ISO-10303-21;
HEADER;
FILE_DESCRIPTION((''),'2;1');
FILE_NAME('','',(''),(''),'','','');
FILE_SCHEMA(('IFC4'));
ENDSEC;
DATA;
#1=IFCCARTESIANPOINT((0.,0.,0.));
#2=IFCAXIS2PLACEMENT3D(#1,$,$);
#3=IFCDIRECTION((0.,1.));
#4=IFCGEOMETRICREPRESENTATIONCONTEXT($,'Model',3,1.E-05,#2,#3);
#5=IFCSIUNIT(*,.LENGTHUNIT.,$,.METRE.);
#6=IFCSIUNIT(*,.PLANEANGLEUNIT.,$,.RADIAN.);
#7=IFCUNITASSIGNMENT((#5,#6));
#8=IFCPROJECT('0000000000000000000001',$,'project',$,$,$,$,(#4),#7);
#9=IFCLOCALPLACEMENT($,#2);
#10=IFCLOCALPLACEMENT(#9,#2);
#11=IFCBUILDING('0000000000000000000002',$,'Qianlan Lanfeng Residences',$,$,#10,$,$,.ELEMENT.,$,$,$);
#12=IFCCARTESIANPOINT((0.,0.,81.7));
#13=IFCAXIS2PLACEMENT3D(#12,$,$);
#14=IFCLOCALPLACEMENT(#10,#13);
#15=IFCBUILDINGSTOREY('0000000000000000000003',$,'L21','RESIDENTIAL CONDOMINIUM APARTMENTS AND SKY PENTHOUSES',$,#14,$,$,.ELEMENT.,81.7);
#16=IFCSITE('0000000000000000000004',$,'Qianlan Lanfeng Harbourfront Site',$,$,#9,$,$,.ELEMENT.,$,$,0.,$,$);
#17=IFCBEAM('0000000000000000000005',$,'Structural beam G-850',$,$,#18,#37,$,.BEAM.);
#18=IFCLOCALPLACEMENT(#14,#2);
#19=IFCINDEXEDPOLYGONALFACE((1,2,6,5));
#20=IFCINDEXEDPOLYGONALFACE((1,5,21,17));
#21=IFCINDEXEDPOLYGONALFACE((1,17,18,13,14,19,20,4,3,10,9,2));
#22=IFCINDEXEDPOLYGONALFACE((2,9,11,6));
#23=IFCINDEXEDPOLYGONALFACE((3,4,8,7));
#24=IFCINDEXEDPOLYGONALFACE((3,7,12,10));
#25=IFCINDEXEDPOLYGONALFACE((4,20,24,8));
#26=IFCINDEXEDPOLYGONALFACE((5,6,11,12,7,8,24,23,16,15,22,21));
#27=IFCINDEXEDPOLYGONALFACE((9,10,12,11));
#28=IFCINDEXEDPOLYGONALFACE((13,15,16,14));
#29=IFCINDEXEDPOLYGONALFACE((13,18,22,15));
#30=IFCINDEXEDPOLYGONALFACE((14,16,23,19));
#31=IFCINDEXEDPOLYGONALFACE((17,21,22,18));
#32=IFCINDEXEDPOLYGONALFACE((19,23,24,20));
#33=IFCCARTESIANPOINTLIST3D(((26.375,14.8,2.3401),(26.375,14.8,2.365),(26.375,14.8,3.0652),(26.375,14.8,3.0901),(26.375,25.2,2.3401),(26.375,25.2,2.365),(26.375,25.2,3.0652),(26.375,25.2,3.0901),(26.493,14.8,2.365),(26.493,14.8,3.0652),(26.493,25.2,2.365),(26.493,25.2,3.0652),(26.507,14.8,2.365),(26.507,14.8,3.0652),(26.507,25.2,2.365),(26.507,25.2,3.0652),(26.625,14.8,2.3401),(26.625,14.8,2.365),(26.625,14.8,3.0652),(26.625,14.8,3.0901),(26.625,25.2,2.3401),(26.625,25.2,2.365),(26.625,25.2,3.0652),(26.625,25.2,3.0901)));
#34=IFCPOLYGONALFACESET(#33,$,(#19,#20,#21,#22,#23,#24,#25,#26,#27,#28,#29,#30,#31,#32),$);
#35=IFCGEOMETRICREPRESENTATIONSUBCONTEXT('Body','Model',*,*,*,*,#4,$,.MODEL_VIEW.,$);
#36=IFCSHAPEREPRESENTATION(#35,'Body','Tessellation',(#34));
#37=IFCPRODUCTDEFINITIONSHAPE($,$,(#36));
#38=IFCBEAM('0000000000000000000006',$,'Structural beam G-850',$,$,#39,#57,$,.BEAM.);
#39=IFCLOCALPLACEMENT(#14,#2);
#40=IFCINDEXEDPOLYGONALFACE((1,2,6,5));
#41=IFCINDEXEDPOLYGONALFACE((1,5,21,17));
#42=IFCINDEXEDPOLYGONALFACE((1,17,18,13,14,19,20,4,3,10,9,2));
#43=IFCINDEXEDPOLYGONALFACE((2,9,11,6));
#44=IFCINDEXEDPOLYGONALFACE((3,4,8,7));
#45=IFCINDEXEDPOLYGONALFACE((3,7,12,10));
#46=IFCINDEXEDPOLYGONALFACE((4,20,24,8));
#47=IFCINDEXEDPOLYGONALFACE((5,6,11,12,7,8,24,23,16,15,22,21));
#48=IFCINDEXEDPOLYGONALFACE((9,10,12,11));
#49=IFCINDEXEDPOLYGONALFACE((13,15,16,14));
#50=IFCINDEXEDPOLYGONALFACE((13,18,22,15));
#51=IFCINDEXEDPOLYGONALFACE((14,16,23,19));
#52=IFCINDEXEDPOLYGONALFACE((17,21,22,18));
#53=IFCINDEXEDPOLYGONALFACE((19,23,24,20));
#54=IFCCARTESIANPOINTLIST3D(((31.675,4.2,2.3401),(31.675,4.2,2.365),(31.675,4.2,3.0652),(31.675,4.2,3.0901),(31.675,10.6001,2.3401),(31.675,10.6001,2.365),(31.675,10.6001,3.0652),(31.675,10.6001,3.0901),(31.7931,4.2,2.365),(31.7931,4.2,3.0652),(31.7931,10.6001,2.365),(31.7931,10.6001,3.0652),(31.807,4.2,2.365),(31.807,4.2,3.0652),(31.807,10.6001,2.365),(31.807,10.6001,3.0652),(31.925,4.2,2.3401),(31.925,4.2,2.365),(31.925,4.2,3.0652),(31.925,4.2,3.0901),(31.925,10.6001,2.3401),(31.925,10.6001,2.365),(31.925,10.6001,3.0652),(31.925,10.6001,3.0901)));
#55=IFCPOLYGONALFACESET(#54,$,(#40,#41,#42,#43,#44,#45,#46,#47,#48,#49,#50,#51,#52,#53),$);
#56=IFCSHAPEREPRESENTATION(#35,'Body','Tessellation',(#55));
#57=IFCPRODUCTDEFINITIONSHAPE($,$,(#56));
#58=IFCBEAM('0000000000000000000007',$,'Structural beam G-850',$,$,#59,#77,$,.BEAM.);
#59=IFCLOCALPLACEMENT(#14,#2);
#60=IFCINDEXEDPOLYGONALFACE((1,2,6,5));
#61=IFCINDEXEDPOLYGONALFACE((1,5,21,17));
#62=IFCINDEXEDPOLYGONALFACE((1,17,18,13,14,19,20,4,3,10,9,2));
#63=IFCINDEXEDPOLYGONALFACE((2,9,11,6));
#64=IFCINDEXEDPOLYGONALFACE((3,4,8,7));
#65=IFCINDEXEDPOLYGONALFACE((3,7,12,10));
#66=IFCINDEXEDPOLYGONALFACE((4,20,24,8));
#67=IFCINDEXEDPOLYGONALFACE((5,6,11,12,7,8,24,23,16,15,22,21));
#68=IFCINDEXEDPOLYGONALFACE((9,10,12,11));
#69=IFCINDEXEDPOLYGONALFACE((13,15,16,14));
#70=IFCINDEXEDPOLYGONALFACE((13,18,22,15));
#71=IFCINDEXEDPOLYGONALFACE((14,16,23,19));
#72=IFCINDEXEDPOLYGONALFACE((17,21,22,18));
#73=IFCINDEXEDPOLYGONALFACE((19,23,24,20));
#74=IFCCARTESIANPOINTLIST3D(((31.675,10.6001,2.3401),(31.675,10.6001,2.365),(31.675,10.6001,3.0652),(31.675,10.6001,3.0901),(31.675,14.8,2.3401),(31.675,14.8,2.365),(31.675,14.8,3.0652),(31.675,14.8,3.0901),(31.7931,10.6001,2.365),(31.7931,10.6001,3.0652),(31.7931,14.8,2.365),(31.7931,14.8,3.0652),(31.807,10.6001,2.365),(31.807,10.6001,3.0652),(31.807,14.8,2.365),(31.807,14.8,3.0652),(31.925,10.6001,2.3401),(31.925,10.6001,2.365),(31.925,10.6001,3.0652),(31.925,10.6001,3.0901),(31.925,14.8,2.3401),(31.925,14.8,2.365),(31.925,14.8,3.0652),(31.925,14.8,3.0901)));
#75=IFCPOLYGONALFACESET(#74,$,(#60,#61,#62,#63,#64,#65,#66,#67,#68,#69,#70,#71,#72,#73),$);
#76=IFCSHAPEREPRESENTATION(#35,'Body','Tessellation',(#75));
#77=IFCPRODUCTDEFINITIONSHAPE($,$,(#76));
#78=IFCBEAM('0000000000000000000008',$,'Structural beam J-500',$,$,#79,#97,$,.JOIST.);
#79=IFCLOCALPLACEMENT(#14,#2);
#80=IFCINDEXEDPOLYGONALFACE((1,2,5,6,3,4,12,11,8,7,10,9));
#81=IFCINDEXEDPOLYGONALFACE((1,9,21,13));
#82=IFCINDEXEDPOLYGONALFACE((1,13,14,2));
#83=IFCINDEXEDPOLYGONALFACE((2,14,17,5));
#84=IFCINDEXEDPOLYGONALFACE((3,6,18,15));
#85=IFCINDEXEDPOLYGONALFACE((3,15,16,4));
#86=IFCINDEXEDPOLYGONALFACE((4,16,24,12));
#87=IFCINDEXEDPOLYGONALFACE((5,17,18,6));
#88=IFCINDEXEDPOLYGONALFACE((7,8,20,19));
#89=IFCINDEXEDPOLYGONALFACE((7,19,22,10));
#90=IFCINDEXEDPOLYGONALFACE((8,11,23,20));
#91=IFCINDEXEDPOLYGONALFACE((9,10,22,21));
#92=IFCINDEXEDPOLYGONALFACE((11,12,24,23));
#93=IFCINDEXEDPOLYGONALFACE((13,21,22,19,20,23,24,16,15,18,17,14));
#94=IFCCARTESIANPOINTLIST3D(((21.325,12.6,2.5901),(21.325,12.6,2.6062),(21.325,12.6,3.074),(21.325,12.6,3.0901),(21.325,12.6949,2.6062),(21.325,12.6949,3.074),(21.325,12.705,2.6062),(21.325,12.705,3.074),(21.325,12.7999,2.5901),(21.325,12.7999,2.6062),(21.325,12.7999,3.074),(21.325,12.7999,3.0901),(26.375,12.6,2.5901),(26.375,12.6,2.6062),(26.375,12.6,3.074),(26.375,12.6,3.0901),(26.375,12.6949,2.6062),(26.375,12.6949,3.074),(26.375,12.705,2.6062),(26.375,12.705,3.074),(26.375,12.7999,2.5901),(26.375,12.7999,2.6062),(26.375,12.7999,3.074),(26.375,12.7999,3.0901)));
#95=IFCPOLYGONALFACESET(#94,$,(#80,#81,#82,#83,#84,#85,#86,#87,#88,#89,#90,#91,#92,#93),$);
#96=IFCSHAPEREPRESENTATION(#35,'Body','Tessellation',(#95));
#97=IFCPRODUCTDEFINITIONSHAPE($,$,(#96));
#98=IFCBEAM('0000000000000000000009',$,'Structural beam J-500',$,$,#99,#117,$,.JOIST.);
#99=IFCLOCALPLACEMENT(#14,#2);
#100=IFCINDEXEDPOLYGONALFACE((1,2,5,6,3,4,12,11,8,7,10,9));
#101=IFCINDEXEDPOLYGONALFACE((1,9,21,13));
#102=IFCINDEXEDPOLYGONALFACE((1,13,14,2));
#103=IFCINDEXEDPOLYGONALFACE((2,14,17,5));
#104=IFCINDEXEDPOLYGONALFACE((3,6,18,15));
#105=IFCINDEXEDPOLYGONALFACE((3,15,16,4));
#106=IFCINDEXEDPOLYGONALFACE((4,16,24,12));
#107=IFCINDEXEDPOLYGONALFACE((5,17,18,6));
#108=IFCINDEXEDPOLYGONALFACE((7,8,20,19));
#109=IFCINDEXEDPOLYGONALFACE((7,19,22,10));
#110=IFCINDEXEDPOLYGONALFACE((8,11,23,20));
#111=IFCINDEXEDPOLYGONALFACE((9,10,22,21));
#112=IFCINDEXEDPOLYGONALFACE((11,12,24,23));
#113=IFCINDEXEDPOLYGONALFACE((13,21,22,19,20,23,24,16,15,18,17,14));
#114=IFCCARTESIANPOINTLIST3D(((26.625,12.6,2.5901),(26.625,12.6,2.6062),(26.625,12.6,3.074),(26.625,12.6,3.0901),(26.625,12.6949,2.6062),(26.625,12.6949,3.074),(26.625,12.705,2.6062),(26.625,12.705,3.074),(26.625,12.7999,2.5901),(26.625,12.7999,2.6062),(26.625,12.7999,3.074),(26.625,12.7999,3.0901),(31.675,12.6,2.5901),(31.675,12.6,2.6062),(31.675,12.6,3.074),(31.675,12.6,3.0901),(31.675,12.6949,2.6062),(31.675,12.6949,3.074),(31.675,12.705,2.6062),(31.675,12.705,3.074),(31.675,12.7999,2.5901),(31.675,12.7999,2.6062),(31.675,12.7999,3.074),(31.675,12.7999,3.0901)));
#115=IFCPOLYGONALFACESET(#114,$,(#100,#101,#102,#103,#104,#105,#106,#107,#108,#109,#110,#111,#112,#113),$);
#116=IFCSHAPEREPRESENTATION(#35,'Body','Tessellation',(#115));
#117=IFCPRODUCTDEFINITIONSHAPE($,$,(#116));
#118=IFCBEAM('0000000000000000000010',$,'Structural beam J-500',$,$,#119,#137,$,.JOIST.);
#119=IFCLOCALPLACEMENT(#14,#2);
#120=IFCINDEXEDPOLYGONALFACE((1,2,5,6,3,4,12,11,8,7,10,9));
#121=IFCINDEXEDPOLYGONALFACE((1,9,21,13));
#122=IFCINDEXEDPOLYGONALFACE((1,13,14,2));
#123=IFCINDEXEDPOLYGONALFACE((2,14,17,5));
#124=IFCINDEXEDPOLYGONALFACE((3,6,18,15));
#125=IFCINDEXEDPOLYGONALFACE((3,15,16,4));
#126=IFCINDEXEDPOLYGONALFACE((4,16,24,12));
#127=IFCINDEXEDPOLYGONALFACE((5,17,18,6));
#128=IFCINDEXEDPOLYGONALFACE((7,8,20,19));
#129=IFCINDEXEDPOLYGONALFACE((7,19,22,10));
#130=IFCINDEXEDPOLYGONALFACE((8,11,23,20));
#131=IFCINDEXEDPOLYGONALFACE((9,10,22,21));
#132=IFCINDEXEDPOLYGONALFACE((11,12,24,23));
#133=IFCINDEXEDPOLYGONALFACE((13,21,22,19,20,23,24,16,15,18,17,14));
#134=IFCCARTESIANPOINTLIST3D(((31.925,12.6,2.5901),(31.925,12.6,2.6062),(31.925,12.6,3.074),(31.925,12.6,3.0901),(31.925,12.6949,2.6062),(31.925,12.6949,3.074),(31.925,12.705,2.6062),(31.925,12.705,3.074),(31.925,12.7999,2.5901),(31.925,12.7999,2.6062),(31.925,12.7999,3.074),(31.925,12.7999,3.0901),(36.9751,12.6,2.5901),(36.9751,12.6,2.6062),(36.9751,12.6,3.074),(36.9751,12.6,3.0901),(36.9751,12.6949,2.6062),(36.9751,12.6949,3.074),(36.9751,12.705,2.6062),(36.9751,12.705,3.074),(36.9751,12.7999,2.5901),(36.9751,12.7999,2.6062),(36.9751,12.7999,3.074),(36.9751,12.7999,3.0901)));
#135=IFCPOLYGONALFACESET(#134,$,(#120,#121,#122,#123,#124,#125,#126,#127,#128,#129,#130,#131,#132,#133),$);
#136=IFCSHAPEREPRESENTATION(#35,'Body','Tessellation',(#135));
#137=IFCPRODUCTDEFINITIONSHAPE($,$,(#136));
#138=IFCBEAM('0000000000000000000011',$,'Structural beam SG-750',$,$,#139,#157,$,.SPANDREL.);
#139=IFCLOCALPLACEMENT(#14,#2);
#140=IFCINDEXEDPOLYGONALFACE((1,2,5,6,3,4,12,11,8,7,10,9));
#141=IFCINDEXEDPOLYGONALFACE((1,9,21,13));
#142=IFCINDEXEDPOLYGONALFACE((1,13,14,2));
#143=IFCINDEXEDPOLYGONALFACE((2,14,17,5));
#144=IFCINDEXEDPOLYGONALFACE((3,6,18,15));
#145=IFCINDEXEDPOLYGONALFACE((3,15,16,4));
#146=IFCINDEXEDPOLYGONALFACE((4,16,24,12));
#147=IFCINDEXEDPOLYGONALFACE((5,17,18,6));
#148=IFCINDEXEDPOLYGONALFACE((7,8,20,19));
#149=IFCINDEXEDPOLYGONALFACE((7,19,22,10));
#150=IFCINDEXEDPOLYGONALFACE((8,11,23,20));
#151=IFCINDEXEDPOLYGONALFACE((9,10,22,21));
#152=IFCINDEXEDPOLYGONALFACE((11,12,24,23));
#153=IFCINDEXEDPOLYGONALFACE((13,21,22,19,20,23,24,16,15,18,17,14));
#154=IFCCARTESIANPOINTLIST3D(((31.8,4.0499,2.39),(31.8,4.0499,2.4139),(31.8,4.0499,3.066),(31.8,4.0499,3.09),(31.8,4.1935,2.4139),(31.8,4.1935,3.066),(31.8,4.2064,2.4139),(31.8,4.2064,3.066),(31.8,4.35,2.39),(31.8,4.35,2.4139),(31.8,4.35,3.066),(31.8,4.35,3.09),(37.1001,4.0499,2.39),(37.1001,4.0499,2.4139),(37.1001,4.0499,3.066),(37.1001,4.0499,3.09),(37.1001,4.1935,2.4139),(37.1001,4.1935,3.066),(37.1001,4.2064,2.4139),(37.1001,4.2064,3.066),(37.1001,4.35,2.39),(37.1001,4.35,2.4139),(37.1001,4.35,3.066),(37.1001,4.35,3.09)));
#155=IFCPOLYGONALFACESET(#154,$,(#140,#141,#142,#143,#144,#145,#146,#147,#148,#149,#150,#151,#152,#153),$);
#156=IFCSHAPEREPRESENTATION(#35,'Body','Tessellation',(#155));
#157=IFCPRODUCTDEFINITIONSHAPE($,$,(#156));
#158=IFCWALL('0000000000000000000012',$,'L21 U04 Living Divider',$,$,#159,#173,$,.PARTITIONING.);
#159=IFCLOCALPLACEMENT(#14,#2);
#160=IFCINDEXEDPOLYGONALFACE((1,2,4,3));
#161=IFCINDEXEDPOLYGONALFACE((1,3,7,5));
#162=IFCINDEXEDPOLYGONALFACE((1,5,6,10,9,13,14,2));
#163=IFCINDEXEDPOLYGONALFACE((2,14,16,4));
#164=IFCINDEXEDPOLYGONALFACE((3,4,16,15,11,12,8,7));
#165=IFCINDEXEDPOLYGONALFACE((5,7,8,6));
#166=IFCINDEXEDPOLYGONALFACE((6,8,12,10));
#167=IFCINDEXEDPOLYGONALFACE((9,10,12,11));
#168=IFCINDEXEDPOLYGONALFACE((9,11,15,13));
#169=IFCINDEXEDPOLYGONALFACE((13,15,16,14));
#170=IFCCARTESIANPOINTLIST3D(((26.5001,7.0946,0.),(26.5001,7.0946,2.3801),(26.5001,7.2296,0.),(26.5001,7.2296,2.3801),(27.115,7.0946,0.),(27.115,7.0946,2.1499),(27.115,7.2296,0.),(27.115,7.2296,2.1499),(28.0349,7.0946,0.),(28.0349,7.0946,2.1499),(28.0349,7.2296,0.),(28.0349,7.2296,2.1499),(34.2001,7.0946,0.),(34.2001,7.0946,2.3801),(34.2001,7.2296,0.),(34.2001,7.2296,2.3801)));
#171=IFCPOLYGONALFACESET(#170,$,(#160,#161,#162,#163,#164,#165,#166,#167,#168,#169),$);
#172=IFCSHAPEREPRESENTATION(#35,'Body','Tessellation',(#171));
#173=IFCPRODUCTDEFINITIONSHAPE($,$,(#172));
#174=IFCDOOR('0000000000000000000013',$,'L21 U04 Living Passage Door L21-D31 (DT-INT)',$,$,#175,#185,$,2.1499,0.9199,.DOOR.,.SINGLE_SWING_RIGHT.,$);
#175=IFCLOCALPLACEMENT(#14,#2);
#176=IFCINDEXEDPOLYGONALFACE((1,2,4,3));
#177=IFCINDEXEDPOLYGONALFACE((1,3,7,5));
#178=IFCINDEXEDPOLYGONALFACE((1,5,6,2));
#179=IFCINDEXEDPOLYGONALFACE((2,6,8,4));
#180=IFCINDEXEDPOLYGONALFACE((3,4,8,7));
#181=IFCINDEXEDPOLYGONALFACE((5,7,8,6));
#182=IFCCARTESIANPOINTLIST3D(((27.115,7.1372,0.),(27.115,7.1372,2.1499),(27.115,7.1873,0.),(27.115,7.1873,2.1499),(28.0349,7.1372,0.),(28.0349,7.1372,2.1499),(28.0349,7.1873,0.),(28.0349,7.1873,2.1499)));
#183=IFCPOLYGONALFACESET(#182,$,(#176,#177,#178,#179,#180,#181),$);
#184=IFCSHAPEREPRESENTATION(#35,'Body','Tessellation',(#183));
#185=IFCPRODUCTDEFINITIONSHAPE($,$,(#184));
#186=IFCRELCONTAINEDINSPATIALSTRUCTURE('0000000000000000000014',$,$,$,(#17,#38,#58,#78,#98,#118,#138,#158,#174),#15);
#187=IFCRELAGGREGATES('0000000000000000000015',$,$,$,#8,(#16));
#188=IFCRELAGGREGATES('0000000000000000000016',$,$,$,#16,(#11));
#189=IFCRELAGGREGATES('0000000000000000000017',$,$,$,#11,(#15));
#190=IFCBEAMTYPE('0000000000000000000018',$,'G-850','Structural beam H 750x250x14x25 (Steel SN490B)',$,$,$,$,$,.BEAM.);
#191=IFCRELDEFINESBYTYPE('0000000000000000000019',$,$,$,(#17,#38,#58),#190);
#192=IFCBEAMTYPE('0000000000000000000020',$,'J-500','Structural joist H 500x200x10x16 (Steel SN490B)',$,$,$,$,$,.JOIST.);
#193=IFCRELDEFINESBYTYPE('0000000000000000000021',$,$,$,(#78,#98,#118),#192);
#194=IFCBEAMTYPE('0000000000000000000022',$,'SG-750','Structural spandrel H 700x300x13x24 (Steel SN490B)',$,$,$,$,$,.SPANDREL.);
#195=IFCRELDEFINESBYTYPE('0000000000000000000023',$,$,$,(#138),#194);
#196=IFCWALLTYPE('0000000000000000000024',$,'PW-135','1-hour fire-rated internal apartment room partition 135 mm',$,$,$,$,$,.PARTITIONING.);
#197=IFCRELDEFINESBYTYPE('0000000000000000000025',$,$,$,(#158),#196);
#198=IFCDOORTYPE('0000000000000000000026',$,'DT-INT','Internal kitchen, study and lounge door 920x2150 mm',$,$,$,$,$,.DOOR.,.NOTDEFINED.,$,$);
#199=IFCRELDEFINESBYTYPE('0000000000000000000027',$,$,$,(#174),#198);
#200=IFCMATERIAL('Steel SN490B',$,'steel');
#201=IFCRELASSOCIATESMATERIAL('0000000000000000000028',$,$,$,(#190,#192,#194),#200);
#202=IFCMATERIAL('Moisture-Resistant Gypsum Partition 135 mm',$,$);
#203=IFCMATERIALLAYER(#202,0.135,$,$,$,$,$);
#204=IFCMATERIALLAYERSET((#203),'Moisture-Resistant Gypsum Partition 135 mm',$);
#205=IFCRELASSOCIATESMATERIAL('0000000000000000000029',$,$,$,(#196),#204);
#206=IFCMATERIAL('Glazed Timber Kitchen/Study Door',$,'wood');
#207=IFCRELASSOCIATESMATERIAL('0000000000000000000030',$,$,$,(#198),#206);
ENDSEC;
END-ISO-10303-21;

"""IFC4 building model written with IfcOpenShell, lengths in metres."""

from ifc_helpers import new_model, si_unit, direction, frame, frame_2d, origin, origin_2d, place, context, subcontext, project, spatial, rectangle, i_section, extrude, material, layer, layer_set, material_profile, profile_set, type_object, element, fill, save


model = new_model("IFC4")

# Units and contexts
model_context = context("Model", 3, precision=1e-05, world=origin(), true_north=direction((0.0, 1.0)))
body_context = subcontext(model_context, "Body", "Model", "MODEL_VIEW")
ifc_project = project(units=[si_unit("LENGTHUNIT", "METRE"), si_unit("PLANEANGLEUNIT", "RADIAN")], contexts=[model_context])

# Site, building, storey
site_placement = place(None, origin())
site = spatial("IfcSite", under=ifc_project, at=site_placement, Name="Qianlan Lanfeng Harbourfront Site", CompositionType="ELEMENT", RefElevation=0.0)
building_placement = place(site_placement, origin())
building = spatial("IfcBuilding", under=site, at=building_placement, Name="Qianlan Lanfeng Residences", CompositionType="ELEMENT")
storey_placement = place(building_placement, frame((0.0, 0.0, 81.7)))
storey = spatial("IfcBuildingStorey", under=building, at=storey_placement, Name="L21", Description="RESIDENTIAL CONDOMINIUM APARTMENTS AND SKY PENTHOUSES", CompositionType="ELEMENT", Elevation=81.7)

# Shared definitions
ifc_material_1 = material(Name="Steel SN490B", Category="steel")

# Beams
ifc_material_profile_1 = material_profile(ifc_material_1, i_section(OverallWidth=0.25, OverallDepth=0.75, WebThickness=0.0139, FlangeThickness=0.0249, at=origin_2d()), Name="H 750x250x14x25")
ifc_profile_set_1 = profile_set([ifc_material_profile_1], Name="Steel SN490B")
beam_type_1 = type_object("IfcBeamType", Name="G-850", Description="Structural beam H 750x250x14x25 (Steel SN490B)", PredefinedType="BEAM", material=ifc_profile_set_1)
beam_1_placement = place(storey_placement, frame((26.5, 14.8, 2.7151), z_axis=(0.0, 1.0, 0.0), x_axis=(-1.0, 0.0, 0.0)))
element("IfcBeam", 1, at=beam_1_placement, inside=storey, type_object=beam_type_1, Name="Structural beam G-850", PredefinedType="BEAM", context=body_context, shape_type="SweptSolid", body=[
    extrude(i_section(OverallWidth=0.25, OverallDepth=0.75, WebThickness=0.0139, FlangeThickness=0.0249, at=origin_2d()), origin(), (0.0, 0.0, 1.0), 10.3999),
])
beam_2_placement = place(storey_placement, frame((31.8, 4.2, 2.7151), z_axis=(0.0, 1.0, 0.0), x_axis=(-1.0, 0.0, 0.0)))
element("IfcBeam", 2, at=beam_2_placement, inside=storey, type_object=beam_type_1, Name="Structural beam G-850", PredefinedType="BEAM", context=body_context, shape_type="SweptSolid", body=[
    extrude(i_section(OverallWidth=0.25, OverallDepth=0.75, WebThickness=0.0139, FlangeThickness=0.0249, at=origin_2d()), origin(), (0.0, 0.0, 1.0), 6.4001),
])
beam_3_placement = place(storey_placement, frame((31.8, 10.6001, 2.7151), z_axis=(0.0, 1.0, 0.0), x_axis=(-1.0, 0.0, 0.0)))
element("IfcBeam", 3, at=beam_3_placement, inside=storey, type_object=beam_type_1, Name="Structural beam G-850", PredefinedType="BEAM", context=body_context, shape_type="SweptSolid", body=[
    extrude(i_section(OverallWidth=0.25, OverallDepth=0.75, WebThickness=0.0139, FlangeThickness=0.0249, at=origin_2d()), origin(), (0.0, 0.0, 1.0), 4.2),
])
ifc_material_profile_2 = material_profile(ifc_material_1, i_section(OverallWidth=0.2, OverallDepth=0.5, WebThickness=0.01, FlangeThickness=0.0161, at=origin_2d()), Name="H 500x200x10x16")
ifc_profile_set_2 = profile_set([ifc_material_profile_2], Name="Steel SN490B")
beam_type_2 = type_object("IfcBeamType", Name="J-500", Description="Structural joist H 500x200x10x16 (Steel SN490B)", PredefinedType="JOIST", material=ifc_profile_set_2)
for number, where, z_axis, x_axis, name in (
    (4, (21.325, 12.7, 2.8401), (1.0, 0.0, 0.0), (0.0, 1.0, 0.0), "Structural beam J-500"),
    (5, (26.625, 12.7, 2.8401), (1.0, 0.0, 0.0), (0.0, 1.0, 0.0), "Structural beam J-500"),
    (6, (31.925, 12.7, 2.8401), (1.0, 0.0, 0.0), (0.0, 1.0, 0.0), "Structural beam J-500"),
):
    element("IfcBeam", number, at=place(storey_placement, frame(where, z_axis=z_axis, x_axis=x_axis)), inside=storey, type_object=beam_type_2, Name=name, PredefinedType="JOIST", context=body_context, shape_type="SweptSolid", body=[
        extrude(i_section(OverallWidth=0.2, OverallDepth=0.5, WebThickness=0.01, FlangeThickness=0.0161, at=origin_2d()), origin(), (0.0, 0.0, 1.0), 5.05),
    ])
ifc_material_profile_3 = material_profile(ifc_material_1, i_section(OverallWidth=0.3, OverallDepth=0.7, WebThickness=0.0129, FlangeThickness=0.0239, at=origin_2d()), Name="H 700x300x13x24")
ifc_profile_set_3 = profile_set([ifc_material_profile_3], Name="Steel SN490B")
beam_type_3 = type_object("IfcBeamType", Name="SG-750", Description="Structural spandrel H 700x300x13x24 (Steel SN490B)", PredefinedType="SPANDREL", material=ifc_profile_set_3)
beam_4_placement = place(storey_placement, frame((31.8, 4.2, 2.74), z_axis=(1.0, 0.0, 0.0), x_axis=(0.0, 1.0, 0.0)))
element("IfcBeam", 7, at=beam_4_placement, inside=storey, type_object=beam_type_3, Name="Structural beam SG-750", PredefinedType="SPANDREL", context=body_context, shape_type="SweptSolid", body=[
    extrude(i_section(OverallWidth=0.3, OverallDepth=0.7, WebThickness=0.0129, FlangeThickness=0.0239, at=origin_2d()), origin(), (0.0, 0.0, 1.0), 5.3),
])

# Shared definitions
ifc_material_2 = material(Name="Moisture-Resistant Gypsum Partition 135 mm")
ifc_layer = layer(ifc_material_2, 0.135)
ifc_layer_set = layer_set([ifc_layer], Name="Moisture-Resistant Gypsum Partition 135 mm")
wall_type = type_object("IfcWallType", Name="PW-135", Description="1-hour fire-rated internal apartment room partition 135 mm", PredefinedType="PARTITIONING", material=ifc_layer_set)
ifc_material_3 = material(Name="Glazed Timber Kitchen/Study Door", Category="wood")
door_type_1 = type_object("IfcDoorType", Name="DT-INT", Description="Internal kitchen, study and lounge door 920x2150 mm", OperationType="NOTDEFINED", PredefinedType="DOOR", material=ifc_material_3)

# Wall, opening, door
wall_1_placement = place(storey_placement, frame((26.5, 7.1621, 0.0), z_axis=(0.0, 0.0, 1.0), x_axis=(1.0, 0.0, 0.0)))
wall_1 = element("IfcWall", 8, at=wall_1_placement, inside=storey, type_object=wall_type, Name="L21 U04 Living Divider", PredefinedType="PARTITIONING", context=body_context, shape_type="SweptSolid", body=[
    extrude(rectangle(XDim=7.7, YDim=0.135, at=frame_2d((3.8501, 0.0))), origin(), (0.0, 0.0, 1.0), 2.3801),
])
opening_1_placement = place(wall_1_placement, frame((0.615, 0.0, 0.0)))
opening_1 = element("IfcOpeningElement", 9, at=opening_1_placement, cuts=wall_1, PredefinedType="OPENING", context=body_context, shape_type="SweptSolid", body=[
    extrude(rectangle(XDim=0.9199, YDim=2.1499, at=frame_2d((0.46, 1.075))), frame((0.0, 0.0776, 0.0), z_axis=(0.0, -1.0, 0.0), x_axis=(1.0, 0.0, 0.0)), (0.0, 0.0, 1.0), 0.155),
])
door_1_placement = place(opening_1_placement, frame((0.9199, 0.0, 0.0), z_axis=(0.0, 0.0, 1.0), x_axis=(-1.0, 0.0, 0.0)))
door_1 = element("IfcDoor", 10, at=door_1_placement, inside=storey, type_object=door_type_1, Name="L21 U04 Living Passage Door L21-D31 (DT-INT)", OperationType="SINGLE_SWING_RIGHT", OverallHeight=2.1499, OverallWidth=0.9199, PredefinedType="DOOR", context=body_context, shape_type="SweptSolid", body=[
    extrude(rectangle(XDim=0.9199, YDim=2.1499, at=frame_2d((0.46, 1.075))), frame((0.0, 0.0249, 0.0), z_axis=(0.0, -1.0, 0.0), x_axis=(1.0, 0.0, 0.0)), (0.0, 0.0, 1.0), 0.05),
])
fill(opening_1, door_1)

save(model, "model.ifc")
